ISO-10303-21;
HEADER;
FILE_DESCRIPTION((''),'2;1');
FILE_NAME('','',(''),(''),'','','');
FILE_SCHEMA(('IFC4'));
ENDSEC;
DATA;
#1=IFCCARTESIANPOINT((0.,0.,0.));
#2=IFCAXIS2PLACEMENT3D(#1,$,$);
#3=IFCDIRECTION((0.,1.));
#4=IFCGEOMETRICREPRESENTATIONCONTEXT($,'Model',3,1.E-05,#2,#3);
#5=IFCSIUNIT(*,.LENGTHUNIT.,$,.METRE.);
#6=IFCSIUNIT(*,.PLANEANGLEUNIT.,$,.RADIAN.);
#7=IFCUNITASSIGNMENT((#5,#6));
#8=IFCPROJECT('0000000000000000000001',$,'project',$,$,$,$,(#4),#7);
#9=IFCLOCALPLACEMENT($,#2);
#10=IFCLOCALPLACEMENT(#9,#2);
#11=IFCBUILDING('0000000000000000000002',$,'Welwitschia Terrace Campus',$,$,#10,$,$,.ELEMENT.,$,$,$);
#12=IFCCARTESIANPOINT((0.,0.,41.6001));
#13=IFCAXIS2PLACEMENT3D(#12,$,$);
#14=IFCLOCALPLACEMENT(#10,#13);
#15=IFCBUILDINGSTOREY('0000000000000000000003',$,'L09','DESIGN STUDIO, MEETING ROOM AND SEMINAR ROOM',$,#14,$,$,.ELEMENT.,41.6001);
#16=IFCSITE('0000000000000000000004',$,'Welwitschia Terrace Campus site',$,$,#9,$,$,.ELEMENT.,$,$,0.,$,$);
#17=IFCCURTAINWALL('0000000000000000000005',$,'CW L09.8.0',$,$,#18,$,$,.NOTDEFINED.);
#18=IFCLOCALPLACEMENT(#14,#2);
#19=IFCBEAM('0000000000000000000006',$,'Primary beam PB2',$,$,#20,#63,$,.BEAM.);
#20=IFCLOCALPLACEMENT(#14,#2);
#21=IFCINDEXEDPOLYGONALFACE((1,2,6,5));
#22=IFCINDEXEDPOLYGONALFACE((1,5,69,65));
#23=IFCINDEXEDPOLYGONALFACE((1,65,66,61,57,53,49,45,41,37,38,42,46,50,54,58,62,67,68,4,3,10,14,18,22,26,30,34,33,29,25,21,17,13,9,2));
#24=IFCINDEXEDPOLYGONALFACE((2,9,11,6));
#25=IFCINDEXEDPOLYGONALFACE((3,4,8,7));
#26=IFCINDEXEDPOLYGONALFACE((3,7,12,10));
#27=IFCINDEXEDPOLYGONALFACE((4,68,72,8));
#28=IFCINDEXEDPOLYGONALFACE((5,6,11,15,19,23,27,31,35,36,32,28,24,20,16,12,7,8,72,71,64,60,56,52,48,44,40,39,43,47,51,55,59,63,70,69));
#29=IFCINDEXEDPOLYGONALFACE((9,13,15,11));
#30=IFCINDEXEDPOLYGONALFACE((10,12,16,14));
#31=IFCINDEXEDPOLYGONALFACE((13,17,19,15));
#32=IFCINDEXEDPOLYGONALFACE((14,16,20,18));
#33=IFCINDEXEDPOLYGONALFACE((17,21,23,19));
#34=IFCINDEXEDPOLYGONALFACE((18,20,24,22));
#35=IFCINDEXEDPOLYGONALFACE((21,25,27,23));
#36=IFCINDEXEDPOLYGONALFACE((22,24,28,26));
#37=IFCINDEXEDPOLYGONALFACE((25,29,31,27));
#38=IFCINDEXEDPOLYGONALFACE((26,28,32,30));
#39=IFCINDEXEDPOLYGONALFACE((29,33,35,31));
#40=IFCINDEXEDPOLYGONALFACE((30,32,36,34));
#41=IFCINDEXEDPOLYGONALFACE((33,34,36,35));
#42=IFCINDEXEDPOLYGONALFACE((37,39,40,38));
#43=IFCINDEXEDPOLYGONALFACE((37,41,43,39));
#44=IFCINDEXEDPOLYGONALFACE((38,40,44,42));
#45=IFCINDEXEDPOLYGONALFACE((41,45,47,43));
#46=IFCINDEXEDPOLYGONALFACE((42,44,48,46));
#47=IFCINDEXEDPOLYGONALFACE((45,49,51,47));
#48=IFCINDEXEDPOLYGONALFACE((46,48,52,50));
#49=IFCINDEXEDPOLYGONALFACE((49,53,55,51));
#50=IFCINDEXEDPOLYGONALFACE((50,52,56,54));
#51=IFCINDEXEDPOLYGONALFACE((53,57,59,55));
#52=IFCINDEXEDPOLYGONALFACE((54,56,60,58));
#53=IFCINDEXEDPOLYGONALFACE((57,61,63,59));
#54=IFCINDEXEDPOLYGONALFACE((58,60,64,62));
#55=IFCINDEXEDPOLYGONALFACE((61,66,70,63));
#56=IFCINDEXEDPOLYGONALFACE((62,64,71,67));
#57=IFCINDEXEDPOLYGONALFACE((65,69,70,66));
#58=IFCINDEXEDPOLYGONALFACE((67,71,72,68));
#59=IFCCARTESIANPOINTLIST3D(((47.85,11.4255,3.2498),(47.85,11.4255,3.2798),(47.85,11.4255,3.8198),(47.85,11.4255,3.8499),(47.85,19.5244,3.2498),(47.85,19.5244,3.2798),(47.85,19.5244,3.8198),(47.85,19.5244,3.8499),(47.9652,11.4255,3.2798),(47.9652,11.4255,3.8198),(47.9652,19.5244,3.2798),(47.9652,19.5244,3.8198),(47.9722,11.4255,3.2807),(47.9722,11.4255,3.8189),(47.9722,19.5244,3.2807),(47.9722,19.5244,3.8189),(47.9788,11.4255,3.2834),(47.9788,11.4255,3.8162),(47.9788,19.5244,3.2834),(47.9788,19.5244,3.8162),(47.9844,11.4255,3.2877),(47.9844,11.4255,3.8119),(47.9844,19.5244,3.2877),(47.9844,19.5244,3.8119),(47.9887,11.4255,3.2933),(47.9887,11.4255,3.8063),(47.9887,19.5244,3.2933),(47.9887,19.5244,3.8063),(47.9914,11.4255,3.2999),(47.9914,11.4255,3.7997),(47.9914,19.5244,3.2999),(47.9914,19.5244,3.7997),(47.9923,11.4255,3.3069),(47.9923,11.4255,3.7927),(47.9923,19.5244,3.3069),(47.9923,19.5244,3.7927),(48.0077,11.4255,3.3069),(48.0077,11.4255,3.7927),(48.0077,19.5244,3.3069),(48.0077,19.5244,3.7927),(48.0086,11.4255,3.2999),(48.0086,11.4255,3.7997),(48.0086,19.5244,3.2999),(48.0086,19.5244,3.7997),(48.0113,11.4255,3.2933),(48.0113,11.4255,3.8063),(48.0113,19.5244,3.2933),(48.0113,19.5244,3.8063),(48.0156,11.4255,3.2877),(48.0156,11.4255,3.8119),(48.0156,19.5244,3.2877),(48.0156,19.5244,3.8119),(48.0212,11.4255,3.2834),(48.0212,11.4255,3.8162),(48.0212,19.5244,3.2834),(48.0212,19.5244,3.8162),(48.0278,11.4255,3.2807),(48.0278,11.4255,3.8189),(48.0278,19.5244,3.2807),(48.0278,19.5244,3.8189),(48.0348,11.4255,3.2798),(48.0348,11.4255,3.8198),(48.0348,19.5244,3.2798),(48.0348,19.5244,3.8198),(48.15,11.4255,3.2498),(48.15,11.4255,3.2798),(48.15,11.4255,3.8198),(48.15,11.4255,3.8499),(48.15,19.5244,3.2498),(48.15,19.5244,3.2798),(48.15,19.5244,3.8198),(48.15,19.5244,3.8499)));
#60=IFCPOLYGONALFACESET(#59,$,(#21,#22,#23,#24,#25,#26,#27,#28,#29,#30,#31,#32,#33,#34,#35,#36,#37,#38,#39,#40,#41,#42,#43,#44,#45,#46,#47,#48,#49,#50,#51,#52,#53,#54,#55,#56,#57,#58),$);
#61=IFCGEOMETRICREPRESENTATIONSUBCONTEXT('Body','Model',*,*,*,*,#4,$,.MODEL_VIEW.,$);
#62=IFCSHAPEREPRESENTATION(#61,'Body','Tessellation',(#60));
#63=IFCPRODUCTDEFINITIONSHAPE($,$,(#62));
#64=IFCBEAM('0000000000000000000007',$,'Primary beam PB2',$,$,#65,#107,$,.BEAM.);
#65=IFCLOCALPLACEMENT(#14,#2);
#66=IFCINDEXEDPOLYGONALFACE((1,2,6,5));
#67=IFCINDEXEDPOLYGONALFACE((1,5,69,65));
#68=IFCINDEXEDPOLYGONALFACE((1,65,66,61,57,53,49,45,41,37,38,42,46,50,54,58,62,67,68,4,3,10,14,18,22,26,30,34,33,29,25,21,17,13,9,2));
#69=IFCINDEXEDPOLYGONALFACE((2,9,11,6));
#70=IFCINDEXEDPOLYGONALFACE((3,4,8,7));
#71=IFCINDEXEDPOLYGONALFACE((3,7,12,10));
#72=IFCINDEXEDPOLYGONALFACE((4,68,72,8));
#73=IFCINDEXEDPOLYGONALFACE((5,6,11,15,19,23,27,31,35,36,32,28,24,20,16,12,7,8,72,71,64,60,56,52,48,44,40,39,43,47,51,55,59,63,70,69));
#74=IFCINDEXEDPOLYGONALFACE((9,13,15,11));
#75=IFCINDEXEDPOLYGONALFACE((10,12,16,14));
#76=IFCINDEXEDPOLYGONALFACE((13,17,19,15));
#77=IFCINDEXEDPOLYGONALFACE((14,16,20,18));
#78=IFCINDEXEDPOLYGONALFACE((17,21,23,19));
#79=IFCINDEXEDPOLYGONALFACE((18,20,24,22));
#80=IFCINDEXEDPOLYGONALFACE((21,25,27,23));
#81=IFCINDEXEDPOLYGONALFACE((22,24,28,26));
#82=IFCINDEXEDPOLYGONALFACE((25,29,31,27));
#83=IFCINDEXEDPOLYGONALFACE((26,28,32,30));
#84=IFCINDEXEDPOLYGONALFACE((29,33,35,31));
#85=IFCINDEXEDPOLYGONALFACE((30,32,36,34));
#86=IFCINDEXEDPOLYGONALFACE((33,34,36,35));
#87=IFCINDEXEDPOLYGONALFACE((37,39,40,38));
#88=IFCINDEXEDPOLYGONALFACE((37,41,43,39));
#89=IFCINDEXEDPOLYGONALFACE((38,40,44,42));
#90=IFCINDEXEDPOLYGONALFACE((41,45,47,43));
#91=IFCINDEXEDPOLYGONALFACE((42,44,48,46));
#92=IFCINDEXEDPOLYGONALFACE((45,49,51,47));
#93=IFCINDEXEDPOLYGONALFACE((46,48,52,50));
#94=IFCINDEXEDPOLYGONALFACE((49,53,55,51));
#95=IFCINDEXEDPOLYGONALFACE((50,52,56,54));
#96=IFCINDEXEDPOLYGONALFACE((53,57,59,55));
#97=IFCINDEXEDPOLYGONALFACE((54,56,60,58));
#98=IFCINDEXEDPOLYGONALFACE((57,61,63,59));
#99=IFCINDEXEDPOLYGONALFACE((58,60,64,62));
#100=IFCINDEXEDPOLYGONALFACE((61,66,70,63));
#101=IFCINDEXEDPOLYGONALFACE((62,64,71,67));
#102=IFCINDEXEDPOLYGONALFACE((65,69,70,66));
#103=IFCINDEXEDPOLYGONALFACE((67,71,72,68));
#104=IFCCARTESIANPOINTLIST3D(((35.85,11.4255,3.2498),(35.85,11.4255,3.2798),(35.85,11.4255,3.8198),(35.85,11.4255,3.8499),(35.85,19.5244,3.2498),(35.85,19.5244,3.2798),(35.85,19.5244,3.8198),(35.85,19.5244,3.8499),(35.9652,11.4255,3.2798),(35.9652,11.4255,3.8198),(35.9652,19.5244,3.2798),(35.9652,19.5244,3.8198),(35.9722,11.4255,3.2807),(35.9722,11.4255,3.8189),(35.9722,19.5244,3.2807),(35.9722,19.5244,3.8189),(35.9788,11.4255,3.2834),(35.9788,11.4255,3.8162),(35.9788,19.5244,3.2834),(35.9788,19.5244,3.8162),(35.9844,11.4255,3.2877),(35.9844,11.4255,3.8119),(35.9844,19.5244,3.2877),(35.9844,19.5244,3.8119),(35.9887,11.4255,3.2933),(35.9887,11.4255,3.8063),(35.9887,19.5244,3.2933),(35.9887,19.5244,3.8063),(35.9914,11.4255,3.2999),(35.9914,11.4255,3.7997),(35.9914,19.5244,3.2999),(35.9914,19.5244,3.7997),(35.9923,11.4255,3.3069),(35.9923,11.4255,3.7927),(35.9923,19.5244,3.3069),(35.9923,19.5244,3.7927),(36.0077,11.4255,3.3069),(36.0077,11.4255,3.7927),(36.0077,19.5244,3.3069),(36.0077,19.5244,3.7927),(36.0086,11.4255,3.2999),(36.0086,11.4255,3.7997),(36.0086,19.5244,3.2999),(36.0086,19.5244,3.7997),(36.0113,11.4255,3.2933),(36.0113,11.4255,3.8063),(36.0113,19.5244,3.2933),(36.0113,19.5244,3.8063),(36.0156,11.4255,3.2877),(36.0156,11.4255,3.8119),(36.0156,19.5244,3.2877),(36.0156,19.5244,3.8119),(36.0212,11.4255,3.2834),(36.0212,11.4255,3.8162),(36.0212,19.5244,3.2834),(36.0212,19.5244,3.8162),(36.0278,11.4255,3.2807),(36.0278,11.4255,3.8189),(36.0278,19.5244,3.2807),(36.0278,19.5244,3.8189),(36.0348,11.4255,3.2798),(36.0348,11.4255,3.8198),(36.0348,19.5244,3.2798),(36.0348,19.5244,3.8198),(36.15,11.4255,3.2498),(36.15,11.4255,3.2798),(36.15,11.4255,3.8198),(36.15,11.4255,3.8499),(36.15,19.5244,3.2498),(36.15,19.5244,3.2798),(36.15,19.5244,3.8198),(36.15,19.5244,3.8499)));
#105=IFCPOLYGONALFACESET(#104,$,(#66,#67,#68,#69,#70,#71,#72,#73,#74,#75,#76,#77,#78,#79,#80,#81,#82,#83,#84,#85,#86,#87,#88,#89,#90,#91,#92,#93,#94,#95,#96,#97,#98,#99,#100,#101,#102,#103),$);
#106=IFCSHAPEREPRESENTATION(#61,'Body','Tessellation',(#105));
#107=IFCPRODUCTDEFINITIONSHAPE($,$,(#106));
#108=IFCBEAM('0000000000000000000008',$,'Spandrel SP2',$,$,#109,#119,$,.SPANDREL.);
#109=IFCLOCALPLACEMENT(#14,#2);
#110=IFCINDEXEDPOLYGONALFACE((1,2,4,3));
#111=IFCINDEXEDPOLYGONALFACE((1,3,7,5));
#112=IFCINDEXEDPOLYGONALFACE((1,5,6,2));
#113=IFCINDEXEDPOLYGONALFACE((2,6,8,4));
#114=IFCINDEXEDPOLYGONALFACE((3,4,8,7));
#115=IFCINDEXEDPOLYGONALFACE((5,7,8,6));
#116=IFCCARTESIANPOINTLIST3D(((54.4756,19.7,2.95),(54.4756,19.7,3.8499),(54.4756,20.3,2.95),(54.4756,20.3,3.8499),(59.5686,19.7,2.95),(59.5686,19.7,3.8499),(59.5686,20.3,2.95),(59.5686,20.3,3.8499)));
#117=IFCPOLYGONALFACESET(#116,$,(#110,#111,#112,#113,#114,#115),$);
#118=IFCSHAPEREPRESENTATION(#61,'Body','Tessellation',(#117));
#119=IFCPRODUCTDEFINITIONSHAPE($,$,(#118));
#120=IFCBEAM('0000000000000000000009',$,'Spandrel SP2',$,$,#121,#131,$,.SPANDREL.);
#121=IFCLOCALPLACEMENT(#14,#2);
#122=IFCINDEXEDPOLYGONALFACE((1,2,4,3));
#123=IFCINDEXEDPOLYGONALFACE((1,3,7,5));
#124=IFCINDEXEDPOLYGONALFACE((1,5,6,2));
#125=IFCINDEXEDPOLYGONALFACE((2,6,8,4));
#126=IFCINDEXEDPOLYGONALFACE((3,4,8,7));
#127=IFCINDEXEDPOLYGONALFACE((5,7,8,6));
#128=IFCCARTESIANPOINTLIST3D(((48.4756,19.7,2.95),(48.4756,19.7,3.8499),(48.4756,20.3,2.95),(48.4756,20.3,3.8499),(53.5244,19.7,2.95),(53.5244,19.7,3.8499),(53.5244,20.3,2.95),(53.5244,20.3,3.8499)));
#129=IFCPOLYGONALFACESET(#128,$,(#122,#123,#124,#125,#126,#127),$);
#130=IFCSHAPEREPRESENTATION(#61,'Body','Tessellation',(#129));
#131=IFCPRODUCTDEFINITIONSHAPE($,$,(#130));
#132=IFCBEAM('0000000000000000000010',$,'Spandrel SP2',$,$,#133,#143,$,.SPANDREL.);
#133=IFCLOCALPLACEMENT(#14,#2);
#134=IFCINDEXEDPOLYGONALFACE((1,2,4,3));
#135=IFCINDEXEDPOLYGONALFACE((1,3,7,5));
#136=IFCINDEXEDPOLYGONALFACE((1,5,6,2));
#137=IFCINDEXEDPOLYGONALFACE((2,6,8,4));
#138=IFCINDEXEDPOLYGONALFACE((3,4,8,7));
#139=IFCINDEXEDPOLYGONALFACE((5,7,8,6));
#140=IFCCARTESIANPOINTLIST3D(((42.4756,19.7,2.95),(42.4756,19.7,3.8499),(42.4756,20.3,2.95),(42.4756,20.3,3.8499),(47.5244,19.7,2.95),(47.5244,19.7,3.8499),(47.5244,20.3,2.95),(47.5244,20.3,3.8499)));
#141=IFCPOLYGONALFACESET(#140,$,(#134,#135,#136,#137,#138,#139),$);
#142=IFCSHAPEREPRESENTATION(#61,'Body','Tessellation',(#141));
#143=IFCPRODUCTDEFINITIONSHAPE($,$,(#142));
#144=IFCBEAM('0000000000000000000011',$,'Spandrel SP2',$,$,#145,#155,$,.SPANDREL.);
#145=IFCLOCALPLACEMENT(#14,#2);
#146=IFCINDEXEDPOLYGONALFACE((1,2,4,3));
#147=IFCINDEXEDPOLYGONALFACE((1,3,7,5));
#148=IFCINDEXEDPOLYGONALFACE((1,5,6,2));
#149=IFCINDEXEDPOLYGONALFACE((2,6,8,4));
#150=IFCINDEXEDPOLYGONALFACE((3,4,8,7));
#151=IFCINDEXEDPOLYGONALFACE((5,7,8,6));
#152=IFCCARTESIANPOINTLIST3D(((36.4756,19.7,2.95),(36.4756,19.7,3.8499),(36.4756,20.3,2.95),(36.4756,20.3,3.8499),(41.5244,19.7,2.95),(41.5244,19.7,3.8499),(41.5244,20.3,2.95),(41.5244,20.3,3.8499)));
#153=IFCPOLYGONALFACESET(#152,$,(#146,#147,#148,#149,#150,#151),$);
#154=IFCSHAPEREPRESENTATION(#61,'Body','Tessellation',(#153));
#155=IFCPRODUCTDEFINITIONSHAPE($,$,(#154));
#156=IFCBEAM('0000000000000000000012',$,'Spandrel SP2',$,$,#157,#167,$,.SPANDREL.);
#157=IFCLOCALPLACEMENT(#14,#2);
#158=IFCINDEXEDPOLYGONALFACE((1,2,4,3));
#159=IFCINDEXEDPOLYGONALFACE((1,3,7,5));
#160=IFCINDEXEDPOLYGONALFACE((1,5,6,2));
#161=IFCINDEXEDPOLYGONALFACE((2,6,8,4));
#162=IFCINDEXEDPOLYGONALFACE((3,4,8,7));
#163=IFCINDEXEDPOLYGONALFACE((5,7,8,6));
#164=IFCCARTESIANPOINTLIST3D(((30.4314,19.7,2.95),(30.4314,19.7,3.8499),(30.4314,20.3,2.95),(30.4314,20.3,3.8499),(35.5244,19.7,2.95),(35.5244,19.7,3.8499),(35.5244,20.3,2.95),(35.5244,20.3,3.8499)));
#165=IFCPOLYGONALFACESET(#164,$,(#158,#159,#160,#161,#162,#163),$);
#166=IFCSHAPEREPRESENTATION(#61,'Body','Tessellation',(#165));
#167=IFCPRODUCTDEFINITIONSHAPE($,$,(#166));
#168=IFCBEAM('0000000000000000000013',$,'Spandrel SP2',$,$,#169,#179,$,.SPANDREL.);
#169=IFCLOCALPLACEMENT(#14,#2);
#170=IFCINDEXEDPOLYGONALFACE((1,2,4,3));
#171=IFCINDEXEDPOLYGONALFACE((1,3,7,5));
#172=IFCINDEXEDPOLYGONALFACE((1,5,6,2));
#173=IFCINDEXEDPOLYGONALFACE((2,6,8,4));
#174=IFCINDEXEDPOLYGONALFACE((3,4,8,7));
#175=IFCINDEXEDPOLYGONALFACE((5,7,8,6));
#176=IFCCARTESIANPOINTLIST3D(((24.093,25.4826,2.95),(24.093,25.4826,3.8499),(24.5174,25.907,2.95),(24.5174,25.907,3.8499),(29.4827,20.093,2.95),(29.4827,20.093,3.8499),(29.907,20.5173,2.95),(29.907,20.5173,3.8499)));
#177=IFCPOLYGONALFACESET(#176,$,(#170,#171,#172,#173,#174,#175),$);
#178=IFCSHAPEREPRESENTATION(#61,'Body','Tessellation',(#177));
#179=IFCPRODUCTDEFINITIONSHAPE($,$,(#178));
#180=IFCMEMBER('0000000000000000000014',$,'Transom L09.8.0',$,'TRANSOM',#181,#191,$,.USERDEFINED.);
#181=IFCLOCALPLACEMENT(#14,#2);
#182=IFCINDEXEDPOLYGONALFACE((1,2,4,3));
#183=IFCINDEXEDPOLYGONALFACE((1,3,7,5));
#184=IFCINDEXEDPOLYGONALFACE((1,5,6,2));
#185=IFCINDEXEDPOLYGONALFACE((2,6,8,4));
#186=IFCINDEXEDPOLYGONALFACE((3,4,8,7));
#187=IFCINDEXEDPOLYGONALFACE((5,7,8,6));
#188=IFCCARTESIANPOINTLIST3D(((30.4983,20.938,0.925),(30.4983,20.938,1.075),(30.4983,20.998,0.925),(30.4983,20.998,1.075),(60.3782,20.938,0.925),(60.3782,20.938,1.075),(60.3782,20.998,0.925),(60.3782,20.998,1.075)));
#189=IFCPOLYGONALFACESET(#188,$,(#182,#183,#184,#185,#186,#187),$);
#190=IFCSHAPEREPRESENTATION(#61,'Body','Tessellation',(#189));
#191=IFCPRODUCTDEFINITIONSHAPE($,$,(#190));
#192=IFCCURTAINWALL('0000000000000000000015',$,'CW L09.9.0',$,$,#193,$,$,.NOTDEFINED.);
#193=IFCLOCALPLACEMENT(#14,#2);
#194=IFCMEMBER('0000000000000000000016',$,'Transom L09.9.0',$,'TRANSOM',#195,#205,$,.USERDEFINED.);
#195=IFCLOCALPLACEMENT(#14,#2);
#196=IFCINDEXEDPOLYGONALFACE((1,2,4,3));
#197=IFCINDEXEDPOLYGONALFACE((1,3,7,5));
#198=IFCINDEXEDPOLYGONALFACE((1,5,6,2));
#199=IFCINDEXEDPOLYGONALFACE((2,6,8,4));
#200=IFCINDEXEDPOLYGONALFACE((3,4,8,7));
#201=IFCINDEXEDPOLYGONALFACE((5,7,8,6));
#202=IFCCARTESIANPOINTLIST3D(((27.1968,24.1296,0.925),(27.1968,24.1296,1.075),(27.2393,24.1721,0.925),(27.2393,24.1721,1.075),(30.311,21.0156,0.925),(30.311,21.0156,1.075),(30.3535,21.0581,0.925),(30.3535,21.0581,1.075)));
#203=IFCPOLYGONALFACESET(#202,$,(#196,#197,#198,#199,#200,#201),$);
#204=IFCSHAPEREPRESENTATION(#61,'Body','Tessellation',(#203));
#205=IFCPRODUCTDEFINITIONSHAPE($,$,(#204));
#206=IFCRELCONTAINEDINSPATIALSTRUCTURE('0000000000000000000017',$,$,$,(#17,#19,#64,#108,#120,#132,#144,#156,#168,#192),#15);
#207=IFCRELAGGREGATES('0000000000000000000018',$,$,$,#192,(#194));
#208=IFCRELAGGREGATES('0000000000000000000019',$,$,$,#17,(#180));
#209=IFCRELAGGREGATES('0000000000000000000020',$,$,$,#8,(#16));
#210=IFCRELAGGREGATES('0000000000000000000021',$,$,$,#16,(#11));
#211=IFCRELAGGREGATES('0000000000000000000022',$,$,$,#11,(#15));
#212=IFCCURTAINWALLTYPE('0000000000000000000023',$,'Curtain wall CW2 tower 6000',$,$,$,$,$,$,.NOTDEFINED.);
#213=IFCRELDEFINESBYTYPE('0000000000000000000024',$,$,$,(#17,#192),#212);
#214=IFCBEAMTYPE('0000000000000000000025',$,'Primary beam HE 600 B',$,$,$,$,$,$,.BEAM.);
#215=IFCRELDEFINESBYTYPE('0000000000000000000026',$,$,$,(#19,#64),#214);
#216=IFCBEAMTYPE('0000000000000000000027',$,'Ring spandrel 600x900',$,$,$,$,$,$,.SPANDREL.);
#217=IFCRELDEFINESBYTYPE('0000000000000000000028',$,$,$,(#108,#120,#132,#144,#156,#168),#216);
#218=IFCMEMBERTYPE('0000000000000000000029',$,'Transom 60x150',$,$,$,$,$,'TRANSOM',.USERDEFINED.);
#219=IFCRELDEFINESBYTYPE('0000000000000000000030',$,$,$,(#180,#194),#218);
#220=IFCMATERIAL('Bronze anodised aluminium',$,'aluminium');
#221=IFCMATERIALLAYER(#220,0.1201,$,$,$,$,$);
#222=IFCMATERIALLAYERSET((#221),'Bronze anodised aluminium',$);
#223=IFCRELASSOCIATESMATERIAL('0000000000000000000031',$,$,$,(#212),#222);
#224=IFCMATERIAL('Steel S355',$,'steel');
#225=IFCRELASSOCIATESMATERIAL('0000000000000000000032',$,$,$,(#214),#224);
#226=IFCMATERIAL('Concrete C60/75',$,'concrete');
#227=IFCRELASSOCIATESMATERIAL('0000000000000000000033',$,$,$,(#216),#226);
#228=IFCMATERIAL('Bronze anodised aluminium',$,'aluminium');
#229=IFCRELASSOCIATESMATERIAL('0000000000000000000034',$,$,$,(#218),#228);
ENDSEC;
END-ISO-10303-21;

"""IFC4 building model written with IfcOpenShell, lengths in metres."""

from ifc_helpers import new_model, si_unit, direction, frame, origin, origin_2d, place, context, subcontext, project, spatial, rectangle, i_section, extrude, material, layer, layer_set, material_profile, profile_set, type_object, element, aggregate, save


model = new_model("IFC4")

# Units and contexts
model_context = context("Model", 3, precision=1e-05, world=origin(), true_north=direction((0.0, 1.0)))
body_context = subcontext(model_context, "Body", "Model", "MODEL_VIEW")
ifc_project = project(units=[si_unit("LENGTHUNIT", "METRE"), si_unit("PLANEANGLEUNIT", "RADIAN")], contexts=[model_context])

# Site, building, storey
site_placement = place(None, origin())
site = spatial("IfcSite", under=ifc_project, at=site_placement, Name="Welwitschia Terrace Campus site", CompositionType="ELEMENT", RefElevation=0.0)
building_placement = place(site_placement, origin())
building = spatial("IfcBuilding", under=site, at=building_placement, Name="Welwitschia Terrace Campus", CompositionType="ELEMENT")
storey_placement = place(building_placement, frame((0.0, 0.0, 41.6001)))
storey = spatial("IfcBuildingStorey", under=building, at=storey_placement, Name="L09", Description="DESIGN STUDIO, MEETING ROOM AND SEMINAR ROOM", CompositionType="ELEMENT", Elevation=41.6001)

# Shared definitions
ifc_material_1 = material(Name="Bronze anodised aluminium", Category="aluminium")
ifc_layer_1 = layer(ifc_material_1, 0.1201)
ifc_layer_set_1 = layer_set([ifc_layer_1], Name="Bronze anodised aluminium")
curtain_wall_type = type_object("IfcCurtainWallType", Name="Curtain wall CW2 tower 6000", PredefinedType="NOTDEFINED", material=ifc_layer_set_1)

# Curtain wall
curtain_wall_1_placement = place(storey_placement, origin())
curtain_wall_1 = element("IfcCurtainWall", 1, at=curtain_wall_1_placement, inside=storey, type_object=curtain_wall_type, Name="CW L09.8.0", PredefinedType="NOTDEFINED")

# Beams
ifc_material_2 = material(Name="Steel S355", Category="steel")
ifc_material_profile_1 = material_profile(ifc_material_2, i_section(OverallWidth=0.3, OverallDepth=0.6001, WebThickness=0.0154, FlangeThickness=0.03, FilletRadius=0.0271, at=origin_2d()))
ifc_profile_set_1 = profile_set([ifc_material_profile_1], Name="Steel S355")
beam_type_1 = type_object("IfcBeamType", Name="Primary beam HE 600 B", PredefinedType="BEAM", material=ifc_profile_set_1)
for number, where, z_axis, x_axis, name in (
    (2, (48.0, 19.5244, 3.5498), (0.0, -1.0, 0.0), (1.0, 0.0, 0.0), "Primary beam PB2"),
    (3, (36.0, 19.5244, 3.5498), (0.0, -1.0, 0.0), (1.0, 0.0, 0.0), "Primary beam PB2"),
):
    element("IfcBeam", number, at=place(storey_placement, frame(where, z_axis=z_axis, x_axis=x_axis)), inside=storey, type_object=beam_type_1, Name=name, PredefinedType="BEAM", context=body_context, shape_type="SweptSolid", body=[
        extrude(i_section(OverallWidth=0.3, OverallDepth=0.6001, WebThickness=0.0154, FlangeThickness=0.03, FilletRadius=0.0271, at=origin_2d()), origin(), (0.0, 0.0, 1.0), 8.0989),
    ])
ifc_material_3 = material(Name="Concrete C60/75", Category="concrete")
ifc_material_profile_2 = material_profile(ifc_material_3, rectangle(XDim=0.6001, YDim=0.8999, at=origin_2d()))
ifc_profile_set_2 = profile_set([ifc_material_profile_2], Name="Concrete C60/75")
beam_type_2 = type_object("IfcBeamType", Name="Ring spandrel 600x900", PredefinedType="SPANDREL", material=ifc_profile_set_2)
beam_1_placement = place(storey_placement, frame((59.5686, 20.0, 3.3999), z_axis=(-1.0, 0.0, 0.0), x_axis=(0.0, -1.0, 0.0)))
element("IfcBeam", 4, at=beam_1_placement, inside=storey, type_object=beam_type_2, Name="Spandrel SP2", PredefinedType="SPANDREL", context=body_context, shape_type="SweptSolid", body=[
    extrude(rectangle(XDim=0.6001, YDim=0.8999, at=origin_2d()), origin(), (0.0, 0.0, 1.0), 5.093),
])
for number, where, z_axis, x_axis, name in (
    (5, (53.5244, 20.0, 3.3999), (-1.0, 0.0, 0.0), (0.0, -1.0, 0.0), "Spandrel SP2"),
    (6, (47.5244, 20.0, 3.3999), (-1.0, 0.0, 0.0), (0.0, -1.0, 0.0), "Spandrel SP2"),
    (7, (41.5244, 20.0, 3.3999), (-1.0, 0.0, 0.0), (0.0, -1.0, 0.0), "Spandrel SP2"),
):
    element("IfcBeam", number, at=place(storey_placement, frame(where, z_axis=z_axis, x_axis=x_axis)), inside=storey, type_object=beam_type_2, Name=name, PredefinedType="SPANDREL", context=body_context, shape_type="SweptSolid", body=[
        extrude(rectangle(XDim=0.6001, YDim=0.8999, at=origin_2d()), origin(), (0.0, 0.0, 1.0), 5.0488),
    ])
beam_2_placement = place(storey_placement, frame((35.5244, 20.0, 3.3999), z_axis=(-1.0, 0.0, 0.0), x_axis=(0.0, -1.0, 0.0)))
element("IfcBeam", 8, at=beam_2_placement, inside=storey, type_object=beam_type_2, Name="Spandrel SP2", PredefinedType="SPANDREL", context=body_context, shape_type="SweptSolid", body=[
    extrude(rectangle(XDim=0.6001, YDim=0.8999, at=origin_2d()), origin(), (0.0, 0.0, 1.0), 5.093),
])
beam_3_placement = place(storey_placement, frame((29.6948, 20.3052, 3.3999), z_axis=(-0.707107, 0.707107, 0.0), x_axis=(-0.707107, -0.707107, 0.0)))
element("IfcBeam", 9, at=beam_3_placement, inside=storey, type_object=beam_type_2, Name="Spandrel SP2", PredefinedType="SPANDREL", context=body_context, shape_type="SweptSolid", body=[
    extrude(rectangle(XDim=0.6001, YDim=0.8999, at=origin_2d()), origin(), (0.0, 0.0, 1.0), 7.6221),
])

# Member
ifc_material_4 = material(Name="Bronze anodised aluminium", Category="aluminium")
ifc_material_profile_3 = material_profile(ifc_material_4, rectangle(XDim=0.0601, YDim=0.1499, at=origin_2d()))
ifc_profile_set_3 = profile_set([ifc_material_profile_3], Name="Bronze anodised aluminium")
member_type_1 = type_object("IfcMemberType", Name="Transom 60x150", ElementType="TRANSOM", PredefinedType="USERDEFINED", material=ifc_profile_set_3)
member_1_placement = place(storey_placement, frame((60.3782, 20.968, 1.0), z_axis=(-1.0, 0.0, 0.0), x_axis=(0.0, -1.0, 0.0)))
member_1 = element("IfcMember", 10, at=member_1_placement, type_object=member_type_1, Name="Transom L09.8.0", ObjectType="TRANSOM", PredefinedType="USERDEFINED", context=body_context, shape_type="SweptSolid", body=[
    extrude(rectangle(XDim=0.0601, YDim=0.1499, at=origin_2d()), origin(), (0.0, 0.0, 1.0), 29.8799),
])

# Curtain wall, member
curtain_wall_2_placement = place(storey_placement, origin())
curtain_wall_2 = element("IfcCurtainWall", 11, at=curtain_wall_2_placement, inside=storey, type_object=curtain_wall_type, Name="CW L09.9.0", PredefinedType="NOTDEFINED")
member_2_placement = place(storey_placement, frame((30.3323, 21.0369, 1.0), z_axis=(-0.707134, 0.707079, 0.0), x_axis=(-0.707079, -0.707134, 0.0)))
member_2 = element("IfcMember", 12, at=member_2_placement, type_object=member_type_1, Name="Transom L09.9.0", ObjectType="TRANSOM", PredefinedType="USERDEFINED", context=body_context, shape_type="SweptSolid", body=[
    extrude(rectangle(XDim=0.0601, YDim=0.1499, at=origin_2d()), origin(), (0.0, 0.0, 1.0), 4.4041),
])
aggregate(curtain_wall_2, [member_2])

aggregate(curtain_wall_1, [member_1])

save(model, "model.ifc")
